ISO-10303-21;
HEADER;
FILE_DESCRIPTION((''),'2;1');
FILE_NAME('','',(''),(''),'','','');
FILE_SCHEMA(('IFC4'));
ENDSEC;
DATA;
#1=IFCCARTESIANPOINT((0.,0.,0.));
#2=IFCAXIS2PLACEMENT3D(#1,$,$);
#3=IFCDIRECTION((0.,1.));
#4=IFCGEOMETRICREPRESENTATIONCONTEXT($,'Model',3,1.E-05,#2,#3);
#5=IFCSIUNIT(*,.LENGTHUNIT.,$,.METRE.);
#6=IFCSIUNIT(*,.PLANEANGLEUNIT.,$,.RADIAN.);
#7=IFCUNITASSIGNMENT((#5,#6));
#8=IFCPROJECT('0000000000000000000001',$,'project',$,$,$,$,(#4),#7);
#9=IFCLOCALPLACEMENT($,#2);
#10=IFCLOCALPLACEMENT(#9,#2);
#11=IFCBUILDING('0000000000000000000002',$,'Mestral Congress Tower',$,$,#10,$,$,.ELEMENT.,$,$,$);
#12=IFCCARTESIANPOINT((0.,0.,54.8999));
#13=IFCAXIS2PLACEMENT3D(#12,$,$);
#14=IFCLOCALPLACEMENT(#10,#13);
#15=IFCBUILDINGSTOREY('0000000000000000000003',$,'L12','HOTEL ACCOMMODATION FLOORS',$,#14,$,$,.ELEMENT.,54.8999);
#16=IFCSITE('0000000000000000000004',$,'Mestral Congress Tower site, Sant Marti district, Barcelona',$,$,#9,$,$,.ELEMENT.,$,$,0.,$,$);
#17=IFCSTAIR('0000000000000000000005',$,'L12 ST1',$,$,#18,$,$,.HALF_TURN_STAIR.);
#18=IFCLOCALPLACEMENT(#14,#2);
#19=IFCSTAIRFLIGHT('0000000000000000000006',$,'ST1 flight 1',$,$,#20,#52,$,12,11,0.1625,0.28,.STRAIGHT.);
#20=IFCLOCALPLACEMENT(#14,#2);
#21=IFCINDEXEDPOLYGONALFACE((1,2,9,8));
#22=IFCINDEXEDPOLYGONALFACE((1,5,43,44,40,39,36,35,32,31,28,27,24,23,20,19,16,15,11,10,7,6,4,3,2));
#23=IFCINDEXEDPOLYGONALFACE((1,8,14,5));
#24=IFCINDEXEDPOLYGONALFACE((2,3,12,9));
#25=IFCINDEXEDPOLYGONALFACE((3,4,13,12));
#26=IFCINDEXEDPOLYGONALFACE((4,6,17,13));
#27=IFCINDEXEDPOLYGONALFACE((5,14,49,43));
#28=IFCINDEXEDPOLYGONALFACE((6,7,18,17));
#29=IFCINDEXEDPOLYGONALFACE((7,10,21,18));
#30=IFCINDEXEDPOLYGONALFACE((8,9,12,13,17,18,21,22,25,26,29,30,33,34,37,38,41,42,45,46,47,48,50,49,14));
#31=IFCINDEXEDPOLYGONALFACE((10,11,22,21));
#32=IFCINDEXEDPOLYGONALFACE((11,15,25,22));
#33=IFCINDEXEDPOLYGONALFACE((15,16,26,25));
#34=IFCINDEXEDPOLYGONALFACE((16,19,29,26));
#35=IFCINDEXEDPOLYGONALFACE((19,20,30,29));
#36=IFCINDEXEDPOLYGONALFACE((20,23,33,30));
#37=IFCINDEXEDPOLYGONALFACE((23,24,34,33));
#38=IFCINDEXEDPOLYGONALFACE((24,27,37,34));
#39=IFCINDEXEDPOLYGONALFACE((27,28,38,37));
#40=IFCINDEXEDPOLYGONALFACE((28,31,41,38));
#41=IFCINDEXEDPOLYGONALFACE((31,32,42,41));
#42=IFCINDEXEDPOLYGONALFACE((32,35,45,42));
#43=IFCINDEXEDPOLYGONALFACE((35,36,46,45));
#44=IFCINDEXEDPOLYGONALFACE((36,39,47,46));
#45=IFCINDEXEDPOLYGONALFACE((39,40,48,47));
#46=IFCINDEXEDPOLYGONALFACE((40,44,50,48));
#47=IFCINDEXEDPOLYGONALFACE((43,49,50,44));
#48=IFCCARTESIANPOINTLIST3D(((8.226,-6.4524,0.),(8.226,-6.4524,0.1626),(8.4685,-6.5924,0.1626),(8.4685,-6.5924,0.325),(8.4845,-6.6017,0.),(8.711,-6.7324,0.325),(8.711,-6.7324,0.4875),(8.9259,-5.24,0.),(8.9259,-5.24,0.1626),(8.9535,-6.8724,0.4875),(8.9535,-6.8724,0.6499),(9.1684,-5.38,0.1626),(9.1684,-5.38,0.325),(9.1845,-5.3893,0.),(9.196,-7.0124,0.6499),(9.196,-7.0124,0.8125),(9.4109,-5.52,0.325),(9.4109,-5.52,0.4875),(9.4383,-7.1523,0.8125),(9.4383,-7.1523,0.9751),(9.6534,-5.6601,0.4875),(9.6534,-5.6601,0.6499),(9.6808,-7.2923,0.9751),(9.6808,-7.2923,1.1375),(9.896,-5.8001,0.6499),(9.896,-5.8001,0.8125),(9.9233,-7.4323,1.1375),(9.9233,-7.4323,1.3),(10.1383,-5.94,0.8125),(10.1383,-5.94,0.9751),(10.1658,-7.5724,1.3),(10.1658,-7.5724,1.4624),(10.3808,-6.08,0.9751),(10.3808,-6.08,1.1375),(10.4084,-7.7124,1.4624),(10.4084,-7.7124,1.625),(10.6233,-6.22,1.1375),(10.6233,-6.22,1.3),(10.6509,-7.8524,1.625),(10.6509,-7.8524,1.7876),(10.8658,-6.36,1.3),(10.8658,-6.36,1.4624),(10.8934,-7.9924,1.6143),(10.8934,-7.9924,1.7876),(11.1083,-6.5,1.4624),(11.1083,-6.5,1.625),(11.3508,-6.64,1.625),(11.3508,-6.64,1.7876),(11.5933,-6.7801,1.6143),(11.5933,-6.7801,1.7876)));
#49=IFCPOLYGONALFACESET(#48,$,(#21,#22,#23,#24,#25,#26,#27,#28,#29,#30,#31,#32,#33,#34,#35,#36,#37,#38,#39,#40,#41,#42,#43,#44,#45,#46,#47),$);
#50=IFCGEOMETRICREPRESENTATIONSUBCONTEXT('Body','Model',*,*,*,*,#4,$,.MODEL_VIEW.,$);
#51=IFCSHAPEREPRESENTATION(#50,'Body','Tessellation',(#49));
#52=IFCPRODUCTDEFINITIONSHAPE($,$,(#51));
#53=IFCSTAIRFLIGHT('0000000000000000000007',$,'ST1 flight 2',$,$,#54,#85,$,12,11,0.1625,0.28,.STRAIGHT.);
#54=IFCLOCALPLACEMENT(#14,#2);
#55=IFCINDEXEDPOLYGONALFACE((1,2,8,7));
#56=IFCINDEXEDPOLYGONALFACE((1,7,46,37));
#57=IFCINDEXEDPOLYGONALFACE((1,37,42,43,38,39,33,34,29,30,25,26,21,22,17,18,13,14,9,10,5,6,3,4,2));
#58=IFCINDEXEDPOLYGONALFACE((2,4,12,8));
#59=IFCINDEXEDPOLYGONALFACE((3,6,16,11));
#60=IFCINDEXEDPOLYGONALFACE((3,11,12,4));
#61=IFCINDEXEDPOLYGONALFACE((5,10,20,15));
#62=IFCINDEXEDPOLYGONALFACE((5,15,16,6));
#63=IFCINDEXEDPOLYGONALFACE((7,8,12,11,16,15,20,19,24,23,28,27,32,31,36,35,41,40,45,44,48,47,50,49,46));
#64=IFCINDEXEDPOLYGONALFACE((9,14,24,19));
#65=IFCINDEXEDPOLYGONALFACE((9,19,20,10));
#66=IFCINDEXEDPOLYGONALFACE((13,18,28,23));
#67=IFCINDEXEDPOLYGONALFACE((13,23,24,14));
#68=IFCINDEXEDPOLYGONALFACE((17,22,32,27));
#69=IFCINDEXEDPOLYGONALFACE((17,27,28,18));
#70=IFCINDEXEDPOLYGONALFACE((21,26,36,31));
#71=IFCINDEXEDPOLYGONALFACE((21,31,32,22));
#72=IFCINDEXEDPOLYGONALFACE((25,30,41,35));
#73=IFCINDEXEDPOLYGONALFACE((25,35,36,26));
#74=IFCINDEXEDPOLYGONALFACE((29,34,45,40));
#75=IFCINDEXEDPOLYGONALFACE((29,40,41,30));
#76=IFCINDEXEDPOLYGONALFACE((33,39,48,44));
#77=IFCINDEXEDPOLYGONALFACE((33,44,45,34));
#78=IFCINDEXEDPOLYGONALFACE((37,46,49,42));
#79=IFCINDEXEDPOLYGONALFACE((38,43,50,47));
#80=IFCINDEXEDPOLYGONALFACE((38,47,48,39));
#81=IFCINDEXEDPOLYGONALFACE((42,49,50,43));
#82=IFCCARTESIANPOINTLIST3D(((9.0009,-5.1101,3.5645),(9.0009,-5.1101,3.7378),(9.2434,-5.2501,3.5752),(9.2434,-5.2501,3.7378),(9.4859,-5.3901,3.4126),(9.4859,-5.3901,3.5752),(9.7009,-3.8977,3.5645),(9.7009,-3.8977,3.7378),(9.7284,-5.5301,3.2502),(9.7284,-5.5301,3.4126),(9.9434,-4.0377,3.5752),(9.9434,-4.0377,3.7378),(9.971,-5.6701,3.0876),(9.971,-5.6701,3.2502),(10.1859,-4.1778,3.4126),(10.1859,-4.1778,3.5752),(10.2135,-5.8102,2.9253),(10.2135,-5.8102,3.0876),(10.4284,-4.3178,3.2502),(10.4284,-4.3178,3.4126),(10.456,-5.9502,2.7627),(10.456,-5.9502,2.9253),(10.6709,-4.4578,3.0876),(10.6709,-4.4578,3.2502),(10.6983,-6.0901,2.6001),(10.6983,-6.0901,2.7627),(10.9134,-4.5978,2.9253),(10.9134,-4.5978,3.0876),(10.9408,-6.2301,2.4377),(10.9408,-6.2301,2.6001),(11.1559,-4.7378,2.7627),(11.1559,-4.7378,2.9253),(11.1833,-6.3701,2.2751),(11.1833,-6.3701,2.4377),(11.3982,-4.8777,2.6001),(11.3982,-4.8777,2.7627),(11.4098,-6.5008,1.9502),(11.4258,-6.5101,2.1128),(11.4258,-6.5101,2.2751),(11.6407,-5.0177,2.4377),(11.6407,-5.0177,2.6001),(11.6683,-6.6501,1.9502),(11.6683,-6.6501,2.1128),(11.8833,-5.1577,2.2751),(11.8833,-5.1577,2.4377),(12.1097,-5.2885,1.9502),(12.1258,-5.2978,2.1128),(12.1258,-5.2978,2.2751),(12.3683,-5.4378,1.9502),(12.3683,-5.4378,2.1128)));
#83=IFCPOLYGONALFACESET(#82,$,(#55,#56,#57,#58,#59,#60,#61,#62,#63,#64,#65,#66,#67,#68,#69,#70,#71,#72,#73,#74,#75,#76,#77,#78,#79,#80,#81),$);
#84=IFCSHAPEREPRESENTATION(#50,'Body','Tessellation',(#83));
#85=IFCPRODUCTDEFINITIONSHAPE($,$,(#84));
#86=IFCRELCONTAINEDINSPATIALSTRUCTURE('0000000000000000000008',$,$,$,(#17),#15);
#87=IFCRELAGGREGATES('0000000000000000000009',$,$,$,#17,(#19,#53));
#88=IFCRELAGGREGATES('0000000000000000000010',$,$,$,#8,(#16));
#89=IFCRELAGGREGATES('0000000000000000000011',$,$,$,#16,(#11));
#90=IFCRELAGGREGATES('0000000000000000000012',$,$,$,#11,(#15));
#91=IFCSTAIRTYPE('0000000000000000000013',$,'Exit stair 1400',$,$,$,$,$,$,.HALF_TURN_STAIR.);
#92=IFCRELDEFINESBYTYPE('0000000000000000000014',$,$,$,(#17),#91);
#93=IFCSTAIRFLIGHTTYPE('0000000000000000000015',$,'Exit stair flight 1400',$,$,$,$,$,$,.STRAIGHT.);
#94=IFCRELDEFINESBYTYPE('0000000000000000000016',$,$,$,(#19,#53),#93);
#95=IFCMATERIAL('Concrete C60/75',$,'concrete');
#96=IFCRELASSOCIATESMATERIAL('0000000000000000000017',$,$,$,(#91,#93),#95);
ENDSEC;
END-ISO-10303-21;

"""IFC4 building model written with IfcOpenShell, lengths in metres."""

from ifc_helpers import new_model, si_unit, direction, frame, origin, place, context, subcontext, project, spatial, polyline, outline, extrude, material, type_object, element, aggregate, save


model = new_model("IFC4")

# Units and contexts
model_context = context("Model", 3, precision=1e-05, world=origin(), true_north=direction((0.0, 1.0)))
body_context = subcontext(model_context, "Body", "Model", "MODEL_VIEW")
ifc_project = project(units=[si_unit("LENGTHUNIT", "METRE"), si_unit("PLANEANGLEUNIT", "RADIAN")], contexts=[model_context])

# Site, building, storey
site_placement = place(None, origin())
site = spatial("IfcSite", under=ifc_project, at=site_placement, Name="Mestral Congress Tower site, Sant Marti district, Barcelona", CompositionType="ELEMENT", RefElevation=0.0)
building_placement = place(site_placement, origin())
building = spatial("IfcBuilding", under=site, at=building_placement, Name="Mestral Congress Tower", CompositionType="ELEMENT")
storey_placement = place(building_placement, frame((0.0, 0.0, 54.8999)))
storey = spatial("IfcBuildingStorey", under=building, at=storey_placement, Name="L12", Description="HOTEL ACCOMMODATION FLOORS", CompositionType="ELEMENT", Elevation=54.8999)

# Shared definitions
ifc_material_1 = material(Name="Concrete C60/75", Category="concrete")

# Stair, stair flights
stair_type = type_object("IfcStairType", Name="Exit stair 1400", PredefinedType="HALF_TURN_STAIR", material=ifc_material_1)
stair_placement = place(storey_placement, origin())
stair = element("IfcStair", 1, at=stair_placement, inside=storey, type_object=stair_type, Name="L12 ST1", PredefinedType="HALF_TURN_STAIR")
stair_flight_type = type_object("IfcStairFlightType", Name="Exit stair flight 1400", PredefinedType="STRAIGHT", material=ifc_material_1)
stair_flight_1_placement = place(storey_placement, frame((8.5759, -5.8462, 0.0), z_axis=(0.0, 0.0, 1.0), x_axis=(0.866025, -0.5, 0.0)))
stair_flight_1 = element("IfcStairFlight", 2, at=stair_flight_1_placement, type_object=stair_flight_type, Name="ST1 flight 1", NumberOfRisers=12, NumberOfTreads=11, PredefinedType="STRAIGHT", RiserHeight=0.1625, TreadLength=0.28, context=body_context, shape_type="SweptSolid", body=[
    extrude(outline(polyline([(0.0, 0.0), (0.0, 0.1626), (0.28, 0.1626), (0.28, 0.325), (0.5601, 0.325), (0.5601, 0.4875), (0.8401, 0.4875), (0.8401, 0.6499), (1.1201, 0.6499), (1.1201, 0.8125), (1.3999, 0.8125), (1.3999, 0.9751), (1.6799, 0.9751), (1.6799, 1.1375), (1.96, 1.1375), (1.96, 1.3), (2.24, 1.3), (2.24, 1.4624), (2.52, 1.4624), (2.52, 1.625), (2.8, 1.625), (2.8, 1.7876), (3.0801, 1.7876), (3.0801, 1.95), (3.0801, 1.6143), (0.2986, 0.0), (0.0, 0.0)])), frame((0.0, 0.7, 0.0), z_axis=(0.0, -1.0, 0.0), x_axis=(1.0, 0.0, 0.0)), (0.0, 0.0, 1.0), 1.3999),
])
stair_flight_2_placement = place(storey_placement, frame((12.0183, -6.0439, 1.9502), z_axis=(0.0, 0.0, 1.0), x_axis=(-0.866025, 0.5, 0.0)))
stair_flight_2 = element("IfcStairFlight", 3, at=stair_flight_2_placement, type_object=stair_flight_type, Name="ST1 flight 2", NumberOfRisers=12, NumberOfTreads=11, PredefinedType="STRAIGHT", RiserHeight=0.1625, TreadLength=0.28, context=body_context, shape_type="SweptSolid", body=[
    extrude(outline(polyline([(0.0, 0.0), (0.0, 0.1626), (0.28, 0.1626), (0.28, 0.325), (0.5601, 0.325), (0.5601, 0.4875), (0.8401, 0.4875), (0.8401, 0.6499), (1.1201, 0.6499), (1.1201, 0.8125), (1.3999, 0.8125), (1.3999, 0.9751), (1.6799, 0.9751), (1.6799, 1.1375), (1.96, 1.1375), (1.96, 1.3), (2.24, 1.3), (2.24, 1.4624), (2.52, 1.4624), (2.52, 1.625), (2.8, 1.625), (2.8, 1.7876), (3.0801, 1.7876), (3.0801, 1.95), (3.0801, 1.6143), (0.2986, 0.0), (0.0, 0.0)])), frame((0.0, 0.7, 0.0), z_axis=(0.0, -1.0, 0.0), x_axis=(1.0, 0.0, 0.0)), (0.0, 0.0, 1.0), 1.3999),
])
aggregate(stair, [stair_flight_1, stair_flight_2])

save(model, "model.ifc")
